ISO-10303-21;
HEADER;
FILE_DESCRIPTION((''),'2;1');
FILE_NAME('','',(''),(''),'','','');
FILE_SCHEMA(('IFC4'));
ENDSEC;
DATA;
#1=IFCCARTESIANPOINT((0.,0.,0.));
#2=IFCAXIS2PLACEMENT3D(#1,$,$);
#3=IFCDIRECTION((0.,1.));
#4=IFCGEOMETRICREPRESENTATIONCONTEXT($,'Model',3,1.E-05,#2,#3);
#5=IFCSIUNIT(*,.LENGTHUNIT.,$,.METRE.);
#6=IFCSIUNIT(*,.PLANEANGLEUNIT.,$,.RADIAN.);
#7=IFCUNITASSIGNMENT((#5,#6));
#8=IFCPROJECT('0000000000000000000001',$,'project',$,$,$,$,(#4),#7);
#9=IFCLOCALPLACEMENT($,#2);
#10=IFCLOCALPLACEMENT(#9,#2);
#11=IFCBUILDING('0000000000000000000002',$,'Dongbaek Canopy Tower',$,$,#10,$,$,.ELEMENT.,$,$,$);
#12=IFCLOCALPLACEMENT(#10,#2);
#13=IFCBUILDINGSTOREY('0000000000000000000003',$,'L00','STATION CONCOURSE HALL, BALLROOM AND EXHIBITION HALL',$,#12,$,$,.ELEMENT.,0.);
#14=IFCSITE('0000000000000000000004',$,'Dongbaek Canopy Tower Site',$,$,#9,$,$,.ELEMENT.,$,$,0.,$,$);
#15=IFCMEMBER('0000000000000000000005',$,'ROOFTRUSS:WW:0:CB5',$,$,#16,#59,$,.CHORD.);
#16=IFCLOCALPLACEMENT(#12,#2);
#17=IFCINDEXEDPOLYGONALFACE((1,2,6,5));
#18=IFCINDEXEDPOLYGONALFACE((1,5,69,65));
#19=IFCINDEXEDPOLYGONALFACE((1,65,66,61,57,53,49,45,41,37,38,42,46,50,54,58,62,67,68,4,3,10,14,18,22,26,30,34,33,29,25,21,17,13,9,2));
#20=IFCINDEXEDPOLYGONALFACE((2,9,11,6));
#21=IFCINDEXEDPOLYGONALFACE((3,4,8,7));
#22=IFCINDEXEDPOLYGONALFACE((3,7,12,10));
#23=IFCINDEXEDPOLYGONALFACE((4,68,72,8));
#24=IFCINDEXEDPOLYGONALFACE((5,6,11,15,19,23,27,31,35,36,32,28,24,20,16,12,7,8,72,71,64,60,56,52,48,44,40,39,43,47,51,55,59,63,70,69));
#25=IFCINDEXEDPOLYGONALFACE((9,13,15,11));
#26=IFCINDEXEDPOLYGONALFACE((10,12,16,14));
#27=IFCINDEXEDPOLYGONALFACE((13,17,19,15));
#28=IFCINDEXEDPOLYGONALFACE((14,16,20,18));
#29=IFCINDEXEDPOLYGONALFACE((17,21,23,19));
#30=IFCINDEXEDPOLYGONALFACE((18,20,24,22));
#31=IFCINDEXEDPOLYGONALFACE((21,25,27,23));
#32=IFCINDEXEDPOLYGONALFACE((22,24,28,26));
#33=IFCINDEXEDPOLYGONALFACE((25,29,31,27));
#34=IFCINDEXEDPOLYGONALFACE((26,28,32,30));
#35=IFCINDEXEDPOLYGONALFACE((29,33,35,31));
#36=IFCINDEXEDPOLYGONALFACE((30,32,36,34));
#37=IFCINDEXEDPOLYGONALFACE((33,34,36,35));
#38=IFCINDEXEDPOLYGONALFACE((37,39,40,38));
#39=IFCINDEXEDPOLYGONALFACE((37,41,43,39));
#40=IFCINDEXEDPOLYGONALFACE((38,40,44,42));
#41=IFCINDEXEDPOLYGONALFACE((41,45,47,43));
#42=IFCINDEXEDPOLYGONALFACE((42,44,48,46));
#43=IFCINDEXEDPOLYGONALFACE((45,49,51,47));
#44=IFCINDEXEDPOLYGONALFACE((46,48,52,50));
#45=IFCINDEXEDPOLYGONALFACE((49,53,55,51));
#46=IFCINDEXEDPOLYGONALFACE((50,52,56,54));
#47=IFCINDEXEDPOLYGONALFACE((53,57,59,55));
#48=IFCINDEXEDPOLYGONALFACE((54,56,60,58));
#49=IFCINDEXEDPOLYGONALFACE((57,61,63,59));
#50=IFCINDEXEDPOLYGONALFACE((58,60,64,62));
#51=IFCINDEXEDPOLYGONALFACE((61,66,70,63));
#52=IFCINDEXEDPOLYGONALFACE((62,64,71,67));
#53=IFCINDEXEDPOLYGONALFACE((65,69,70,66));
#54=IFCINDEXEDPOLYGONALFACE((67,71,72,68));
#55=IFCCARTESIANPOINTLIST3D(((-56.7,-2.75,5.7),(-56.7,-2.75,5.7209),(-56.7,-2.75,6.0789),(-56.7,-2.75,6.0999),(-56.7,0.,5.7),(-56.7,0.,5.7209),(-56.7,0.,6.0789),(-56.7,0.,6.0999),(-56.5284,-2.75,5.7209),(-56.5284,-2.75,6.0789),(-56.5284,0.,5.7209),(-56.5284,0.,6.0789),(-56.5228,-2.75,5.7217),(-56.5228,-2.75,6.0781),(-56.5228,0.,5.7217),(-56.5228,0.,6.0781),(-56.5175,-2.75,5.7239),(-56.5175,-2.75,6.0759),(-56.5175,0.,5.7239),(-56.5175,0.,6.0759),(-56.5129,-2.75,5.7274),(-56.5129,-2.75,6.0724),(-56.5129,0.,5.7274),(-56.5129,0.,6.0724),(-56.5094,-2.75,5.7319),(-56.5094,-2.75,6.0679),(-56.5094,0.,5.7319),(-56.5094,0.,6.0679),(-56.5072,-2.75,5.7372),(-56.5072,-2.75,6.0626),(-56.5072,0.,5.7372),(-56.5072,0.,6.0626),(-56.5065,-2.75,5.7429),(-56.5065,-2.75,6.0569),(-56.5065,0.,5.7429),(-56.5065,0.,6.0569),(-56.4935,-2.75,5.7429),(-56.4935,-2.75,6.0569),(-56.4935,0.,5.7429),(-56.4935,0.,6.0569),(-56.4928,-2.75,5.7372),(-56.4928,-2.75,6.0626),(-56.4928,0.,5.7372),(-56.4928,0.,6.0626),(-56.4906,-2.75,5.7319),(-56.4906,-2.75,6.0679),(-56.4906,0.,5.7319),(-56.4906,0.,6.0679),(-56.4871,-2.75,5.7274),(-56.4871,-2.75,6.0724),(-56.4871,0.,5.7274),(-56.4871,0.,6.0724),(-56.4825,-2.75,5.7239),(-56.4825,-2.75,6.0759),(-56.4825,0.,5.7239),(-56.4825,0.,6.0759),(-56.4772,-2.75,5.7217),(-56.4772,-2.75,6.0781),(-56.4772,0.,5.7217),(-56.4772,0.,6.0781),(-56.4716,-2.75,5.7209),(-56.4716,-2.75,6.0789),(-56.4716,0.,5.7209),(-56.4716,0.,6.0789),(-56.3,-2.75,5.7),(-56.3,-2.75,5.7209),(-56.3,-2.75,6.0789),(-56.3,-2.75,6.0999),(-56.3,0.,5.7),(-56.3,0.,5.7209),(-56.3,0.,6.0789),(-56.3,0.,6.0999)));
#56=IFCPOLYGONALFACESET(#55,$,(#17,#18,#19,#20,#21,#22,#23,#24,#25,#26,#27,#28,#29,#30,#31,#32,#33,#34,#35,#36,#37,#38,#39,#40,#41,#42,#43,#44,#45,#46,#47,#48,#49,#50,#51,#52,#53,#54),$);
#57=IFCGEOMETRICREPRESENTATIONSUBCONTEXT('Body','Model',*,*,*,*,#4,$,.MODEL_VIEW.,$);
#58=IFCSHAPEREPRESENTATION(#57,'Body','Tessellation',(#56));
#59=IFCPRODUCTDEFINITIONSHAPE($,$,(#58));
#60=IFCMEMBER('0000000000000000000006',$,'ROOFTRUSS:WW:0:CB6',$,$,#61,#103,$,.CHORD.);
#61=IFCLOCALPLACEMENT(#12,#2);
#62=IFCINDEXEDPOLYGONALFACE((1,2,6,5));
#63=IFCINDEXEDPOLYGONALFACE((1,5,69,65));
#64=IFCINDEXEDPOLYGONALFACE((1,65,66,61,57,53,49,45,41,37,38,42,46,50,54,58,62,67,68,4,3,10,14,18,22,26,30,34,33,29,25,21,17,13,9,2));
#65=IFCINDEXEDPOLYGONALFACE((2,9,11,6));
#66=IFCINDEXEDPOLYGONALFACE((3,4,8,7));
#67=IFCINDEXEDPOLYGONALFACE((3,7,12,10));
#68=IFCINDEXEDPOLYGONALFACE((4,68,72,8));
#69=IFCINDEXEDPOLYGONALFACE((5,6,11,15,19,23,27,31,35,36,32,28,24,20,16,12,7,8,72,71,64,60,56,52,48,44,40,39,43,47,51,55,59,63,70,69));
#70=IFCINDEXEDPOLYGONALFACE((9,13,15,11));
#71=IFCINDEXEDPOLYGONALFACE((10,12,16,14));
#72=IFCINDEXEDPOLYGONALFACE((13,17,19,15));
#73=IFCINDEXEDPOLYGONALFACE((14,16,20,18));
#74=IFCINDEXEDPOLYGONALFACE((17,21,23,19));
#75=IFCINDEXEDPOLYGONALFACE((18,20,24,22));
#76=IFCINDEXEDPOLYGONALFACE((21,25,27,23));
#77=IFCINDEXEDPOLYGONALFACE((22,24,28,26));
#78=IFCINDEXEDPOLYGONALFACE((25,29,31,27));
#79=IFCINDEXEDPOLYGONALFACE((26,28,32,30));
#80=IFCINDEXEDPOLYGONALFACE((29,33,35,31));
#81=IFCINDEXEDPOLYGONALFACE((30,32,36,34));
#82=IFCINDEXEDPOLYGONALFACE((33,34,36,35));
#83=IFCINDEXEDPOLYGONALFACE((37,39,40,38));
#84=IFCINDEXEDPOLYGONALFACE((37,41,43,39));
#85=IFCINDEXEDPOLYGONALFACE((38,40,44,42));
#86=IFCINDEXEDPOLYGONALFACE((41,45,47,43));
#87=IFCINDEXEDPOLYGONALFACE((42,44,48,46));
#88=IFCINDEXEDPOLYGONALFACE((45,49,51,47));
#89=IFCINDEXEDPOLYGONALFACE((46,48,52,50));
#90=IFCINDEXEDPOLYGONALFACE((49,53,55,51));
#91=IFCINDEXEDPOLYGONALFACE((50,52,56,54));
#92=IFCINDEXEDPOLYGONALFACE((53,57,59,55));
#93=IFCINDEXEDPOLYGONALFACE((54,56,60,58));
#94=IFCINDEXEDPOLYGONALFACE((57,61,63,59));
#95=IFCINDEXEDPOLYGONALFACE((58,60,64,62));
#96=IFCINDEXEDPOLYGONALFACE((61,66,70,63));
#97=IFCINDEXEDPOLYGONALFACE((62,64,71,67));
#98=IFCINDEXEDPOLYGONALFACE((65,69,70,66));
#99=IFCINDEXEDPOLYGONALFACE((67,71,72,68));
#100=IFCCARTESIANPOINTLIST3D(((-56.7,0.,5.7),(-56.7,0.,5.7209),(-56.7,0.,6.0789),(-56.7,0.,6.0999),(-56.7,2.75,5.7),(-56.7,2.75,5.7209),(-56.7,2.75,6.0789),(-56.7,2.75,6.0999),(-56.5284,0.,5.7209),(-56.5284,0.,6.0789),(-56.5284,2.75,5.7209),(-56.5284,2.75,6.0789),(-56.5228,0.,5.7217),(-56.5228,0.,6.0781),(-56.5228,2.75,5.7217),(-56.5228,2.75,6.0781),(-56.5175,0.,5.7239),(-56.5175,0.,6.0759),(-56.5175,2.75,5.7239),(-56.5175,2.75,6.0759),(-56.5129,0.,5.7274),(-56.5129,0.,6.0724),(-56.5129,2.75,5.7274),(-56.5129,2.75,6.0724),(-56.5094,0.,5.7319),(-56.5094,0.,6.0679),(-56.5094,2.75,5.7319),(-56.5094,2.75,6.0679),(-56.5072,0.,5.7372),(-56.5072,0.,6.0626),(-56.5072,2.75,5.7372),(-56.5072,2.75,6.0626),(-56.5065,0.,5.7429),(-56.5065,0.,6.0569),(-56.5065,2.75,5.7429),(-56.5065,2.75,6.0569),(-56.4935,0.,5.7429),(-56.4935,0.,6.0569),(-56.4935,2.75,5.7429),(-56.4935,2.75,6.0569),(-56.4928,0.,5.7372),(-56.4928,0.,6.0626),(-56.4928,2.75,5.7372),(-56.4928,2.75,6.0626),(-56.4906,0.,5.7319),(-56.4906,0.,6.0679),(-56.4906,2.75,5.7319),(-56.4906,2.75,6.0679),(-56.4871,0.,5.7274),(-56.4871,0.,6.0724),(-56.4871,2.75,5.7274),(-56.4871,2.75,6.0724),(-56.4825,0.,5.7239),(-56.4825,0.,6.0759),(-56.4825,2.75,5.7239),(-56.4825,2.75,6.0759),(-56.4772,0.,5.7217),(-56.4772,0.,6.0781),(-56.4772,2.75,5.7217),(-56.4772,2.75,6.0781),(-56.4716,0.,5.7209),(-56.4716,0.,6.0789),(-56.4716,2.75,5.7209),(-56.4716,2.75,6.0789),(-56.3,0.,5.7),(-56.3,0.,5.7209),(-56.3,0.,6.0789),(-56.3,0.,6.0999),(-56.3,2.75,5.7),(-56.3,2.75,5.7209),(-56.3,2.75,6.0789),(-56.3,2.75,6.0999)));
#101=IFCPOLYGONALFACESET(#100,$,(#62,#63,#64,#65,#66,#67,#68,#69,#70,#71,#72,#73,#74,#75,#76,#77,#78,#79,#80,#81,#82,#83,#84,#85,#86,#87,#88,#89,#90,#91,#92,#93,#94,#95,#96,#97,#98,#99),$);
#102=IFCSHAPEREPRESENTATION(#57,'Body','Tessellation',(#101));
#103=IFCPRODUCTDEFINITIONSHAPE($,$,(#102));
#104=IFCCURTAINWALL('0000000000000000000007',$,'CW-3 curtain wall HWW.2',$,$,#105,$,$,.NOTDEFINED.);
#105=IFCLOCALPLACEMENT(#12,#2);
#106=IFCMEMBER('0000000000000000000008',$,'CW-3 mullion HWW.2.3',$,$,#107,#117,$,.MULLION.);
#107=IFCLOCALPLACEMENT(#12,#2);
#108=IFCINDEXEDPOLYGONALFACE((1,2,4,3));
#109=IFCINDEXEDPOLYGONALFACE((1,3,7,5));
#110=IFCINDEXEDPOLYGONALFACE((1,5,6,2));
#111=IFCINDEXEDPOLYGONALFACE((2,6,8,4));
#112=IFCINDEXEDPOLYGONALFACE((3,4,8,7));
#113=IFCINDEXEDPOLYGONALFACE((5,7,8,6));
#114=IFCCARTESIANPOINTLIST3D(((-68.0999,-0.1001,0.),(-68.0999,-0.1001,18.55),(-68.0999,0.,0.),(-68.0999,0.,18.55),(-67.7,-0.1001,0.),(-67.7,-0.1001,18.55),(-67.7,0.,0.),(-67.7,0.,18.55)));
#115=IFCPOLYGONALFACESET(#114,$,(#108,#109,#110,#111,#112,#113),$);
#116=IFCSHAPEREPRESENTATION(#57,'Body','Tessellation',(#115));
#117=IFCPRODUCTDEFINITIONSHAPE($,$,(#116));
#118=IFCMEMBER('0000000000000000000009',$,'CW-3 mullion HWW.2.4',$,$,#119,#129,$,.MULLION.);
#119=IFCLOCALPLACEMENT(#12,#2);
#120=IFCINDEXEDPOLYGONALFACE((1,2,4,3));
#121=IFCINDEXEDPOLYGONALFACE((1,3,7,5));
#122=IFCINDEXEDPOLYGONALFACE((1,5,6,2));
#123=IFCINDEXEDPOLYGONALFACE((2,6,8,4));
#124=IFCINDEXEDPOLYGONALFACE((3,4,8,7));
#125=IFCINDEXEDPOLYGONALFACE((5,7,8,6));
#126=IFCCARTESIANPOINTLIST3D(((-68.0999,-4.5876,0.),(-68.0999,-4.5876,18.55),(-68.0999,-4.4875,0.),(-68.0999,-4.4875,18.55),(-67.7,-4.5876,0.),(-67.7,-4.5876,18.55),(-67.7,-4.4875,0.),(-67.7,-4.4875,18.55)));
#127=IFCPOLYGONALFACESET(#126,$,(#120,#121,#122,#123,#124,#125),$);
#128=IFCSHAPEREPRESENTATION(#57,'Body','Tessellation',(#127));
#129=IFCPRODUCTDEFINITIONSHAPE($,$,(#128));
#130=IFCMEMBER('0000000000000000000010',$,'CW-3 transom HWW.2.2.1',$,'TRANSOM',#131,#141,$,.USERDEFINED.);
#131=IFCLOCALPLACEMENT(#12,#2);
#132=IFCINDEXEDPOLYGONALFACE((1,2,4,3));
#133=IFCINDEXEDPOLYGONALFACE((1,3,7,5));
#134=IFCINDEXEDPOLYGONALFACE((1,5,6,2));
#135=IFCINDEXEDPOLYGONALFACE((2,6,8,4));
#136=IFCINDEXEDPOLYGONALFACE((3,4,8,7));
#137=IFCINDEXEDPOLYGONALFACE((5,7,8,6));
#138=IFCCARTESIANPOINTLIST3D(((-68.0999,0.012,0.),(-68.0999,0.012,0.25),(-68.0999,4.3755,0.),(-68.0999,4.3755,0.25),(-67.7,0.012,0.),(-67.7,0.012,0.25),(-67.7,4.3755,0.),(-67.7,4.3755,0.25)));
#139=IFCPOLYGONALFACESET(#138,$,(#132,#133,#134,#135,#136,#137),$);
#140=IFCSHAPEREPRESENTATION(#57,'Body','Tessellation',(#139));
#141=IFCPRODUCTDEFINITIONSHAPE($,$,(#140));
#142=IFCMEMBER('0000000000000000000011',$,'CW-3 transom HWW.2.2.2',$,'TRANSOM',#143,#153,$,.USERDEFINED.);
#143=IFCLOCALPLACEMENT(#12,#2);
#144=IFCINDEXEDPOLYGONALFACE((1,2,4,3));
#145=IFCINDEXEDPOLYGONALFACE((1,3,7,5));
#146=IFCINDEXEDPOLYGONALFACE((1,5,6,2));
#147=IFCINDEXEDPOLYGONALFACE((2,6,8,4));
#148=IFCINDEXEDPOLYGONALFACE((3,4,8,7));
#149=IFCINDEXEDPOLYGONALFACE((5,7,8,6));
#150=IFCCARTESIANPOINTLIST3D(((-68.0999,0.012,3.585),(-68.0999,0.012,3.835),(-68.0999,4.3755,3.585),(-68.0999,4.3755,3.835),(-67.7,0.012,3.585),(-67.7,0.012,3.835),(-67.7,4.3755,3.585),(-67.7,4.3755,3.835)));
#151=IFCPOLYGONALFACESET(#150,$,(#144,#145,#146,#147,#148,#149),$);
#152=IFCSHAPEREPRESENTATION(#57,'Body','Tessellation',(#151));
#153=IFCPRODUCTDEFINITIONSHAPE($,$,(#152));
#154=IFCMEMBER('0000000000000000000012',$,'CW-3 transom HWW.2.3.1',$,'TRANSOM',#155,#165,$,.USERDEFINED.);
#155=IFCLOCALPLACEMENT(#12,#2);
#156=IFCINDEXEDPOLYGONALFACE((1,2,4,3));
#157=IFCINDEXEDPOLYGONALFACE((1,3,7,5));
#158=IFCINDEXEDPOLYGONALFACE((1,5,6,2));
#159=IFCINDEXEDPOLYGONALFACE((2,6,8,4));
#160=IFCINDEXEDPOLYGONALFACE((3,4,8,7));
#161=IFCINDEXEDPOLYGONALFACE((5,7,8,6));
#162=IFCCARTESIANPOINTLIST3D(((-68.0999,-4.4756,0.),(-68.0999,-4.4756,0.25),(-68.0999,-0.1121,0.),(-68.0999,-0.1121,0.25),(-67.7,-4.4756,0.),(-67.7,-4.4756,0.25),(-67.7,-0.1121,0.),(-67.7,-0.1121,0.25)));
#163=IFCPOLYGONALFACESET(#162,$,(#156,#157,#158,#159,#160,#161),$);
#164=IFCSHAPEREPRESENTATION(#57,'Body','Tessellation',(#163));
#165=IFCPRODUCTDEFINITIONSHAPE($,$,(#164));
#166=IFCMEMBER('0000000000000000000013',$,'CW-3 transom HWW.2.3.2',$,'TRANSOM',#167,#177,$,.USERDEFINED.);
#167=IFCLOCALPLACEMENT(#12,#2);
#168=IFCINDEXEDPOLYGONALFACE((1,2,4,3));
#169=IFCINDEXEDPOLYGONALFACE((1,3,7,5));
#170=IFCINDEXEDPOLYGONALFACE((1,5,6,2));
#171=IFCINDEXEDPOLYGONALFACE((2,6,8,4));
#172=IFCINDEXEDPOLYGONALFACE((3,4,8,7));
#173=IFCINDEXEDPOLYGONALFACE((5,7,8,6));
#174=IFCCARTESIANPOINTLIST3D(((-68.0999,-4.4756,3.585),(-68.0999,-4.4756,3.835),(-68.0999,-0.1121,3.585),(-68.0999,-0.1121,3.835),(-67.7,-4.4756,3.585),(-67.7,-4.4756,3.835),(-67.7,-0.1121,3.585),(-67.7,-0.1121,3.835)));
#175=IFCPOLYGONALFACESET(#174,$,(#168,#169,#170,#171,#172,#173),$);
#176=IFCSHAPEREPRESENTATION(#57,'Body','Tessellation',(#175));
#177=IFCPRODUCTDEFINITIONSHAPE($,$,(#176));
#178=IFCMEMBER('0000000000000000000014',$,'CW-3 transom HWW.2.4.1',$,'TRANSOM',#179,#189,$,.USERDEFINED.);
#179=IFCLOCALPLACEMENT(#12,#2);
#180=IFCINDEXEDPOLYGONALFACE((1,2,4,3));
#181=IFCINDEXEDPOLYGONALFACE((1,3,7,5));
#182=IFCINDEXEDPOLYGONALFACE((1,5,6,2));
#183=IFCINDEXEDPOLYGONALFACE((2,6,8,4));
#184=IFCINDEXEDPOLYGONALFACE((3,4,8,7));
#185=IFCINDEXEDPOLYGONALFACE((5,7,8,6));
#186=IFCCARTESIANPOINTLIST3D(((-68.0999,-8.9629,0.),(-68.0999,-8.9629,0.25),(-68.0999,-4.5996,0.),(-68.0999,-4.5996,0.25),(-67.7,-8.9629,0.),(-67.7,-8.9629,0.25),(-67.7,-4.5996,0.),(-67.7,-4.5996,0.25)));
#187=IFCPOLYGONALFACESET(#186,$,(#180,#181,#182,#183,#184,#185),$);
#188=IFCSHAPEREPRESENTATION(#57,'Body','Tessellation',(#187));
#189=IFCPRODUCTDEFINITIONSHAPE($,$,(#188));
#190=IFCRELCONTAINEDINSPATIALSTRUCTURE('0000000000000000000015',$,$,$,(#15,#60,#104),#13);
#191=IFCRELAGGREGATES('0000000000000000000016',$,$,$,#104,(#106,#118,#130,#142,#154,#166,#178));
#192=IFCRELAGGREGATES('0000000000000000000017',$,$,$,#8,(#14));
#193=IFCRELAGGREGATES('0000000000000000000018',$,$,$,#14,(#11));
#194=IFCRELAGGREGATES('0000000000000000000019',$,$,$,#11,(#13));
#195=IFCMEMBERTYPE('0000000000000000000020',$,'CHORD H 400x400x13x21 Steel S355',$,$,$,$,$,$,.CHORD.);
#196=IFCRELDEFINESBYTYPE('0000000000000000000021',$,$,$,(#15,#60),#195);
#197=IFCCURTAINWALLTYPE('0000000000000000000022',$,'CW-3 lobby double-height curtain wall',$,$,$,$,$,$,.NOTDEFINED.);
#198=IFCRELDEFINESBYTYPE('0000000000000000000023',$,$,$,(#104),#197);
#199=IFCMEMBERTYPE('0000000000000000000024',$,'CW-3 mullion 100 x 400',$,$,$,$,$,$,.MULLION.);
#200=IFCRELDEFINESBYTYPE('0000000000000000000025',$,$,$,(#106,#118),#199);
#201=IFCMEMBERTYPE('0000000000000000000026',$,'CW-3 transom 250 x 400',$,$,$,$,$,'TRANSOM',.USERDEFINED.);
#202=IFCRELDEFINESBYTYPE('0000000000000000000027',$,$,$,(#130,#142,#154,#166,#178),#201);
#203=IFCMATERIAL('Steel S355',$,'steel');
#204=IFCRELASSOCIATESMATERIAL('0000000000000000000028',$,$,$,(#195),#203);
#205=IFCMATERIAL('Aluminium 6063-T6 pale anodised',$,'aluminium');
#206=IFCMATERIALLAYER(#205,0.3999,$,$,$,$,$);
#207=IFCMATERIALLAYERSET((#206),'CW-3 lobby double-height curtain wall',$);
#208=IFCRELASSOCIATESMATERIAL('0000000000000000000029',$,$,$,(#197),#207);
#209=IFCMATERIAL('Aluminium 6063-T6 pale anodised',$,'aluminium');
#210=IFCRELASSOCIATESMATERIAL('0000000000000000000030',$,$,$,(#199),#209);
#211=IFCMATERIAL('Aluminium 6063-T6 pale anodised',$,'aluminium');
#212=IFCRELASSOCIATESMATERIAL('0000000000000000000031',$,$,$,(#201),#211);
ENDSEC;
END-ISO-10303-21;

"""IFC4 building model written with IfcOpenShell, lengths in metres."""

from ifc_helpers import new_model, si_unit, direction, frame, origin, origin_2d, place, context, subcontext, project, spatial, rectangle, i_section, extrude, material, layer, layer_set, material_profile, profile_set, type_object, element, aggregate, save


model = new_model("IFC4")

# Units and contexts
model_context = context("Model", 3, precision=1e-05, world=origin(), true_north=direction((0.0, 1.0)))
body_context = subcontext(model_context, "Body", "Model", "MODEL_VIEW")
ifc_project = project(units=[si_unit("LENGTHUNIT", "METRE"), si_unit("PLANEANGLEUNIT", "RADIAN")], contexts=[model_context])

# Site, building, storey
site_placement = place(None, origin())
site = spatial("IfcSite", under=ifc_project, at=site_placement, Name="Dongbaek Canopy Tower Site", CompositionType="ELEMENT", RefElevation=0.0)
building_placement = place(site_placement, origin())
building = spatial("IfcBuilding", under=site, at=building_placement, Name="Dongbaek Canopy Tower", CompositionType="ELEMENT")
storey_placement = place(building_placement, origin())
storey = spatial("IfcBuildingStorey", under=building, at=storey_placement, Name="L00", Description="STATION CONCOURSE HALL, BALLROOM AND EXHIBITION HALL", CompositionType="ELEMENT", Elevation=0.0)

# Members
ifc_material_1 = material(Name="Steel S355", Category="steel")
ifc_material_profile_1 = material_profile(ifc_material_1, i_section(OverallWidth=0.3999, OverallDepth=0.3999, WebThickness=0.0129, FlangeThickness=0.021, FilletRadius=0.022, at=origin_2d()), Name="CHORD H 400x400x13x21 Steel S355")
ifc_profile_set_1 = profile_set([ifc_material_profile_1], Name="Steel S355")
member_type_1 = type_object("IfcMemberType", Name="CHORD H 400x400x13x21 Steel S355", PredefinedType="CHORD", material=ifc_profile_set_1)
for number, where, z_axis, x_axis, name in (
    (1, (-56.5, -2.75, 5.8999), (0.0, 1.0, 0.0), (-1.0, 0.0, 0.0), "ROOFTRUSS:WW:0:CB5"),
    (2, (-56.5, 0.0, 5.8999), (0.0, 1.0, 0.0), (-1.0, 0.0, 0.0), "ROOFTRUSS:WW:0:CB6"),
):
    element("IfcMember", number, at=place(storey_placement, frame(where, z_axis=z_axis, x_axis=x_axis)), inside=storey, type_object=member_type_1, Name=name, PredefinedType="CHORD", context=body_context, shape_type="SweptSolid", body=[
        extrude(i_section(OverallWidth=0.3999, OverallDepth=0.3999, WebThickness=0.0129, FlangeThickness=0.021, FilletRadius=0.022, at=origin_2d()), origin(), (0.0, 0.0, 1.0), 2.75),
    ])

# Curtain wall, members
ifc_material_2 = material(Name="Aluminium 6063-T6 pale anodised", Category="aluminium")
ifc_layer_1 = layer(ifc_material_2, 0.3999)
ifc_layer_set_1 = layer_set([ifc_layer_1], Name="CW-3 lobby double-height curtain wall")
curtain_wall_type = type_object("IfcCurtainWallType", Name="CW-3 lobby double-height curtain wall", PredefinedType="NOTDEFINED", material=ifc_layer_set_1)
curtain_wall_placement = place(storey_placement, origin())
curtain_wall = element("IfcCurtainWall", 3, at=curtain_wall_placement, inside=storey, type_object=curtain_wall_type, Name="CW-3 curtain wall HWW.2", PredefinedType="NOTDEFINED")
ifc_material_3 = material(Name="Aluminium 6063-T6 pale anodised", Category="aluminium")
ifc_material_profile_2 = material_profile(ifc_material_3, rectangle(XDim=0.3999, YDim=0.1001, at=origin_2d()), Name="CW-3 mullion 100 x 400")
ifc_profile_set_2 = profile_set([ifc_material_profile_2], Name="Aluminium 6063-T6 pale anodised")
member_type_2 = type_object("IfcMemberType", Name="CW-3 mullion 100 x 400", PredefinedType="MULLION", material=ifc_profile_set_2)
member_1_placement = place(storey_placement, frame((-67.8999, -0.05, 0.0), z_axis=(0.0, 0.0, 1.0), x_axis=(-1.0, 0.0, 0.0)))
member_1 = element("IfcMember", 4, at=member_1_placement, type_object=member_type_2, Name="CW-3 mullion HWW.2.3", PredefinedType="MULLION", context=body_context, shape_type="SweptSolid", body=[
    extrude(rectangle(XDim=0.3999, YDim=0.1001, at=origin_2d()), origin(), (0.0, 0.0, 1.0), 18.55),
])
member_2_placement = place(storey_placement, frame((-67.8999, -4.5376, 0.0), z_axis=(0.0, 0.0, 1.0), x_axis=(-1.0, 0.0, 0.0)))
member_2 = element("IfcMember", 5, at=member_2_placement, type_object=member_type_2, Name="CW-3 mullion HWW.2.4", PredefinedType="MULLION", context=body_context, shape_type="SweptSolid", body=[
    extrude(rectangle(XDim=0.3999, YDim=0.1001, at=origin_2d()), origin(), (0.0, 0.0, 1.0), 18.55),
])
ifc_material_4 = material(Name="Aluminium 6063-T6 pale anodised", Category="aluminium")
ifc_material_profile_3 = material_profile(ifc_material_4, rectangle(XDim=0.3999, YDim=0.25, at=origin_2d()), Name="CW-3 transom 250 x 400")
ifc_profile_set_3 = profile_set([ifc_material_profile_3], Name="Aluminium 6063-T6 pale anodised")
member_type_3 = type_object("IfcMemberType", Name="CW-3 transom 250 x 400", ElementType="TRANSOM", PredefinedType="USERDEFINED", material=ifc_profile_set_3)
member_3_placement = place(storey_placement, frame((-67.8999, 4.3755, 0.125), z_axis=(0.0, -1.0, 0.0), x_axis=(1.0, 0.0, 0.0)))
member_3 = element("IfcMember", 6, at=member_3_placement, type_object=member_type_3, Name="CW-3 transom HWW.2.2.1", ObjectType="TRANSOM", PredefinedType="USERDEFINED", context=body_context, shape_type="SweptSolid", body=[
    extrude(rectangle(XDim=0.3999, YDim=0.25, at=origin_2d()), origin(), (0.0, 0.0, 1.0), 4.3635),
])
member_4_placement = place(storey_placement, frame((-67.8999, 4.3755, 3.71), z_axis=(0.0, -1.0, 0.0), x_axis=(1.0, 0.0, 0.0)))
member_4 = element("IfcMember", 7, at=member_4_placement, type_object=member_type_3, Name="CW-3 transom HWW.2.2.2", ObjectType="TRANSOM", PredefinedType="USERDEFINED", context=body_context, shape_type="SweptSolid", body=[
    extrude(rectangle(XDim=0.3999, YDim=0.25, at=origin_2d()), origin(), (0.0, 0.0, 1.0), 4.3635),
])
member_5_placement = place(storey_placement, frame((-67.8999, -0.1121, 0.125), z_axis=(0.0, -1.0, 0.0), x_axis=(1.0, 0.0, 0.0)))
member_5 = element("IfcMember", 8, at=member_5_placement, type_object=member_type_3, Name="CW-3 transom HWW.2.3.1", ObjectType="TRANSOM", PredefinedType="USERDEFINED", context=body_context, shape_type="SweptSolid", body=[
    extrude(rectangle(XDim=0.3999, YDim=0.25, at=origin_2d()), origin(), (0.0, 0.0, 1.0), 4.3635),
])
member_6_placement = place(storey_placement, frame((-67.8999, -0.1121, 3.71), z_axis=(0.0, -1.0, 0.0), x_axis=(1.0, 0.0, 0.0)))
member_6 = element("IfcMember", 9, at=member_6_placement, type_object=member_type_3, Name="CW-3 transom HWW.2.3.2", ObjectType="TRANSOM", PredefinedType="USERDEFINED", context=body_context, shape_type="SweptSolid", body=[
    extrude(rectangle(XDim=0.3999, YDim=0.25, at=origin_2d()), origin(), (0.0, 0.0, 1.0), 4.3635),
])
member_7_placement = place(storey_placement, frame((-67.8999, -4.5996, 0.125), z_axis=(0.0, -1.0, 0.0), x_axis=(1.0, 0.0, 0.0)))
member_7 = element("IfcMember", 10, at=member_7_placement, type_object=member_type_3, Name="CW-3 transom HWW.2.4.1", ObjectType="TRANSOM", PredefinedType="USERDEFINED", context=body_context, shape_type="SweptSolid", body=[
    extrude(rectangle(XDim=0.3999, YDim=0.25, at=origin_2d()), origin(), (0.0, 0.0, 1.0), 4.3633),
])
aggregate(curtain_wall, [member_1, member_2, member_3, member_4, member_5, member_6, member_7])

save(model, "model.ifc")
